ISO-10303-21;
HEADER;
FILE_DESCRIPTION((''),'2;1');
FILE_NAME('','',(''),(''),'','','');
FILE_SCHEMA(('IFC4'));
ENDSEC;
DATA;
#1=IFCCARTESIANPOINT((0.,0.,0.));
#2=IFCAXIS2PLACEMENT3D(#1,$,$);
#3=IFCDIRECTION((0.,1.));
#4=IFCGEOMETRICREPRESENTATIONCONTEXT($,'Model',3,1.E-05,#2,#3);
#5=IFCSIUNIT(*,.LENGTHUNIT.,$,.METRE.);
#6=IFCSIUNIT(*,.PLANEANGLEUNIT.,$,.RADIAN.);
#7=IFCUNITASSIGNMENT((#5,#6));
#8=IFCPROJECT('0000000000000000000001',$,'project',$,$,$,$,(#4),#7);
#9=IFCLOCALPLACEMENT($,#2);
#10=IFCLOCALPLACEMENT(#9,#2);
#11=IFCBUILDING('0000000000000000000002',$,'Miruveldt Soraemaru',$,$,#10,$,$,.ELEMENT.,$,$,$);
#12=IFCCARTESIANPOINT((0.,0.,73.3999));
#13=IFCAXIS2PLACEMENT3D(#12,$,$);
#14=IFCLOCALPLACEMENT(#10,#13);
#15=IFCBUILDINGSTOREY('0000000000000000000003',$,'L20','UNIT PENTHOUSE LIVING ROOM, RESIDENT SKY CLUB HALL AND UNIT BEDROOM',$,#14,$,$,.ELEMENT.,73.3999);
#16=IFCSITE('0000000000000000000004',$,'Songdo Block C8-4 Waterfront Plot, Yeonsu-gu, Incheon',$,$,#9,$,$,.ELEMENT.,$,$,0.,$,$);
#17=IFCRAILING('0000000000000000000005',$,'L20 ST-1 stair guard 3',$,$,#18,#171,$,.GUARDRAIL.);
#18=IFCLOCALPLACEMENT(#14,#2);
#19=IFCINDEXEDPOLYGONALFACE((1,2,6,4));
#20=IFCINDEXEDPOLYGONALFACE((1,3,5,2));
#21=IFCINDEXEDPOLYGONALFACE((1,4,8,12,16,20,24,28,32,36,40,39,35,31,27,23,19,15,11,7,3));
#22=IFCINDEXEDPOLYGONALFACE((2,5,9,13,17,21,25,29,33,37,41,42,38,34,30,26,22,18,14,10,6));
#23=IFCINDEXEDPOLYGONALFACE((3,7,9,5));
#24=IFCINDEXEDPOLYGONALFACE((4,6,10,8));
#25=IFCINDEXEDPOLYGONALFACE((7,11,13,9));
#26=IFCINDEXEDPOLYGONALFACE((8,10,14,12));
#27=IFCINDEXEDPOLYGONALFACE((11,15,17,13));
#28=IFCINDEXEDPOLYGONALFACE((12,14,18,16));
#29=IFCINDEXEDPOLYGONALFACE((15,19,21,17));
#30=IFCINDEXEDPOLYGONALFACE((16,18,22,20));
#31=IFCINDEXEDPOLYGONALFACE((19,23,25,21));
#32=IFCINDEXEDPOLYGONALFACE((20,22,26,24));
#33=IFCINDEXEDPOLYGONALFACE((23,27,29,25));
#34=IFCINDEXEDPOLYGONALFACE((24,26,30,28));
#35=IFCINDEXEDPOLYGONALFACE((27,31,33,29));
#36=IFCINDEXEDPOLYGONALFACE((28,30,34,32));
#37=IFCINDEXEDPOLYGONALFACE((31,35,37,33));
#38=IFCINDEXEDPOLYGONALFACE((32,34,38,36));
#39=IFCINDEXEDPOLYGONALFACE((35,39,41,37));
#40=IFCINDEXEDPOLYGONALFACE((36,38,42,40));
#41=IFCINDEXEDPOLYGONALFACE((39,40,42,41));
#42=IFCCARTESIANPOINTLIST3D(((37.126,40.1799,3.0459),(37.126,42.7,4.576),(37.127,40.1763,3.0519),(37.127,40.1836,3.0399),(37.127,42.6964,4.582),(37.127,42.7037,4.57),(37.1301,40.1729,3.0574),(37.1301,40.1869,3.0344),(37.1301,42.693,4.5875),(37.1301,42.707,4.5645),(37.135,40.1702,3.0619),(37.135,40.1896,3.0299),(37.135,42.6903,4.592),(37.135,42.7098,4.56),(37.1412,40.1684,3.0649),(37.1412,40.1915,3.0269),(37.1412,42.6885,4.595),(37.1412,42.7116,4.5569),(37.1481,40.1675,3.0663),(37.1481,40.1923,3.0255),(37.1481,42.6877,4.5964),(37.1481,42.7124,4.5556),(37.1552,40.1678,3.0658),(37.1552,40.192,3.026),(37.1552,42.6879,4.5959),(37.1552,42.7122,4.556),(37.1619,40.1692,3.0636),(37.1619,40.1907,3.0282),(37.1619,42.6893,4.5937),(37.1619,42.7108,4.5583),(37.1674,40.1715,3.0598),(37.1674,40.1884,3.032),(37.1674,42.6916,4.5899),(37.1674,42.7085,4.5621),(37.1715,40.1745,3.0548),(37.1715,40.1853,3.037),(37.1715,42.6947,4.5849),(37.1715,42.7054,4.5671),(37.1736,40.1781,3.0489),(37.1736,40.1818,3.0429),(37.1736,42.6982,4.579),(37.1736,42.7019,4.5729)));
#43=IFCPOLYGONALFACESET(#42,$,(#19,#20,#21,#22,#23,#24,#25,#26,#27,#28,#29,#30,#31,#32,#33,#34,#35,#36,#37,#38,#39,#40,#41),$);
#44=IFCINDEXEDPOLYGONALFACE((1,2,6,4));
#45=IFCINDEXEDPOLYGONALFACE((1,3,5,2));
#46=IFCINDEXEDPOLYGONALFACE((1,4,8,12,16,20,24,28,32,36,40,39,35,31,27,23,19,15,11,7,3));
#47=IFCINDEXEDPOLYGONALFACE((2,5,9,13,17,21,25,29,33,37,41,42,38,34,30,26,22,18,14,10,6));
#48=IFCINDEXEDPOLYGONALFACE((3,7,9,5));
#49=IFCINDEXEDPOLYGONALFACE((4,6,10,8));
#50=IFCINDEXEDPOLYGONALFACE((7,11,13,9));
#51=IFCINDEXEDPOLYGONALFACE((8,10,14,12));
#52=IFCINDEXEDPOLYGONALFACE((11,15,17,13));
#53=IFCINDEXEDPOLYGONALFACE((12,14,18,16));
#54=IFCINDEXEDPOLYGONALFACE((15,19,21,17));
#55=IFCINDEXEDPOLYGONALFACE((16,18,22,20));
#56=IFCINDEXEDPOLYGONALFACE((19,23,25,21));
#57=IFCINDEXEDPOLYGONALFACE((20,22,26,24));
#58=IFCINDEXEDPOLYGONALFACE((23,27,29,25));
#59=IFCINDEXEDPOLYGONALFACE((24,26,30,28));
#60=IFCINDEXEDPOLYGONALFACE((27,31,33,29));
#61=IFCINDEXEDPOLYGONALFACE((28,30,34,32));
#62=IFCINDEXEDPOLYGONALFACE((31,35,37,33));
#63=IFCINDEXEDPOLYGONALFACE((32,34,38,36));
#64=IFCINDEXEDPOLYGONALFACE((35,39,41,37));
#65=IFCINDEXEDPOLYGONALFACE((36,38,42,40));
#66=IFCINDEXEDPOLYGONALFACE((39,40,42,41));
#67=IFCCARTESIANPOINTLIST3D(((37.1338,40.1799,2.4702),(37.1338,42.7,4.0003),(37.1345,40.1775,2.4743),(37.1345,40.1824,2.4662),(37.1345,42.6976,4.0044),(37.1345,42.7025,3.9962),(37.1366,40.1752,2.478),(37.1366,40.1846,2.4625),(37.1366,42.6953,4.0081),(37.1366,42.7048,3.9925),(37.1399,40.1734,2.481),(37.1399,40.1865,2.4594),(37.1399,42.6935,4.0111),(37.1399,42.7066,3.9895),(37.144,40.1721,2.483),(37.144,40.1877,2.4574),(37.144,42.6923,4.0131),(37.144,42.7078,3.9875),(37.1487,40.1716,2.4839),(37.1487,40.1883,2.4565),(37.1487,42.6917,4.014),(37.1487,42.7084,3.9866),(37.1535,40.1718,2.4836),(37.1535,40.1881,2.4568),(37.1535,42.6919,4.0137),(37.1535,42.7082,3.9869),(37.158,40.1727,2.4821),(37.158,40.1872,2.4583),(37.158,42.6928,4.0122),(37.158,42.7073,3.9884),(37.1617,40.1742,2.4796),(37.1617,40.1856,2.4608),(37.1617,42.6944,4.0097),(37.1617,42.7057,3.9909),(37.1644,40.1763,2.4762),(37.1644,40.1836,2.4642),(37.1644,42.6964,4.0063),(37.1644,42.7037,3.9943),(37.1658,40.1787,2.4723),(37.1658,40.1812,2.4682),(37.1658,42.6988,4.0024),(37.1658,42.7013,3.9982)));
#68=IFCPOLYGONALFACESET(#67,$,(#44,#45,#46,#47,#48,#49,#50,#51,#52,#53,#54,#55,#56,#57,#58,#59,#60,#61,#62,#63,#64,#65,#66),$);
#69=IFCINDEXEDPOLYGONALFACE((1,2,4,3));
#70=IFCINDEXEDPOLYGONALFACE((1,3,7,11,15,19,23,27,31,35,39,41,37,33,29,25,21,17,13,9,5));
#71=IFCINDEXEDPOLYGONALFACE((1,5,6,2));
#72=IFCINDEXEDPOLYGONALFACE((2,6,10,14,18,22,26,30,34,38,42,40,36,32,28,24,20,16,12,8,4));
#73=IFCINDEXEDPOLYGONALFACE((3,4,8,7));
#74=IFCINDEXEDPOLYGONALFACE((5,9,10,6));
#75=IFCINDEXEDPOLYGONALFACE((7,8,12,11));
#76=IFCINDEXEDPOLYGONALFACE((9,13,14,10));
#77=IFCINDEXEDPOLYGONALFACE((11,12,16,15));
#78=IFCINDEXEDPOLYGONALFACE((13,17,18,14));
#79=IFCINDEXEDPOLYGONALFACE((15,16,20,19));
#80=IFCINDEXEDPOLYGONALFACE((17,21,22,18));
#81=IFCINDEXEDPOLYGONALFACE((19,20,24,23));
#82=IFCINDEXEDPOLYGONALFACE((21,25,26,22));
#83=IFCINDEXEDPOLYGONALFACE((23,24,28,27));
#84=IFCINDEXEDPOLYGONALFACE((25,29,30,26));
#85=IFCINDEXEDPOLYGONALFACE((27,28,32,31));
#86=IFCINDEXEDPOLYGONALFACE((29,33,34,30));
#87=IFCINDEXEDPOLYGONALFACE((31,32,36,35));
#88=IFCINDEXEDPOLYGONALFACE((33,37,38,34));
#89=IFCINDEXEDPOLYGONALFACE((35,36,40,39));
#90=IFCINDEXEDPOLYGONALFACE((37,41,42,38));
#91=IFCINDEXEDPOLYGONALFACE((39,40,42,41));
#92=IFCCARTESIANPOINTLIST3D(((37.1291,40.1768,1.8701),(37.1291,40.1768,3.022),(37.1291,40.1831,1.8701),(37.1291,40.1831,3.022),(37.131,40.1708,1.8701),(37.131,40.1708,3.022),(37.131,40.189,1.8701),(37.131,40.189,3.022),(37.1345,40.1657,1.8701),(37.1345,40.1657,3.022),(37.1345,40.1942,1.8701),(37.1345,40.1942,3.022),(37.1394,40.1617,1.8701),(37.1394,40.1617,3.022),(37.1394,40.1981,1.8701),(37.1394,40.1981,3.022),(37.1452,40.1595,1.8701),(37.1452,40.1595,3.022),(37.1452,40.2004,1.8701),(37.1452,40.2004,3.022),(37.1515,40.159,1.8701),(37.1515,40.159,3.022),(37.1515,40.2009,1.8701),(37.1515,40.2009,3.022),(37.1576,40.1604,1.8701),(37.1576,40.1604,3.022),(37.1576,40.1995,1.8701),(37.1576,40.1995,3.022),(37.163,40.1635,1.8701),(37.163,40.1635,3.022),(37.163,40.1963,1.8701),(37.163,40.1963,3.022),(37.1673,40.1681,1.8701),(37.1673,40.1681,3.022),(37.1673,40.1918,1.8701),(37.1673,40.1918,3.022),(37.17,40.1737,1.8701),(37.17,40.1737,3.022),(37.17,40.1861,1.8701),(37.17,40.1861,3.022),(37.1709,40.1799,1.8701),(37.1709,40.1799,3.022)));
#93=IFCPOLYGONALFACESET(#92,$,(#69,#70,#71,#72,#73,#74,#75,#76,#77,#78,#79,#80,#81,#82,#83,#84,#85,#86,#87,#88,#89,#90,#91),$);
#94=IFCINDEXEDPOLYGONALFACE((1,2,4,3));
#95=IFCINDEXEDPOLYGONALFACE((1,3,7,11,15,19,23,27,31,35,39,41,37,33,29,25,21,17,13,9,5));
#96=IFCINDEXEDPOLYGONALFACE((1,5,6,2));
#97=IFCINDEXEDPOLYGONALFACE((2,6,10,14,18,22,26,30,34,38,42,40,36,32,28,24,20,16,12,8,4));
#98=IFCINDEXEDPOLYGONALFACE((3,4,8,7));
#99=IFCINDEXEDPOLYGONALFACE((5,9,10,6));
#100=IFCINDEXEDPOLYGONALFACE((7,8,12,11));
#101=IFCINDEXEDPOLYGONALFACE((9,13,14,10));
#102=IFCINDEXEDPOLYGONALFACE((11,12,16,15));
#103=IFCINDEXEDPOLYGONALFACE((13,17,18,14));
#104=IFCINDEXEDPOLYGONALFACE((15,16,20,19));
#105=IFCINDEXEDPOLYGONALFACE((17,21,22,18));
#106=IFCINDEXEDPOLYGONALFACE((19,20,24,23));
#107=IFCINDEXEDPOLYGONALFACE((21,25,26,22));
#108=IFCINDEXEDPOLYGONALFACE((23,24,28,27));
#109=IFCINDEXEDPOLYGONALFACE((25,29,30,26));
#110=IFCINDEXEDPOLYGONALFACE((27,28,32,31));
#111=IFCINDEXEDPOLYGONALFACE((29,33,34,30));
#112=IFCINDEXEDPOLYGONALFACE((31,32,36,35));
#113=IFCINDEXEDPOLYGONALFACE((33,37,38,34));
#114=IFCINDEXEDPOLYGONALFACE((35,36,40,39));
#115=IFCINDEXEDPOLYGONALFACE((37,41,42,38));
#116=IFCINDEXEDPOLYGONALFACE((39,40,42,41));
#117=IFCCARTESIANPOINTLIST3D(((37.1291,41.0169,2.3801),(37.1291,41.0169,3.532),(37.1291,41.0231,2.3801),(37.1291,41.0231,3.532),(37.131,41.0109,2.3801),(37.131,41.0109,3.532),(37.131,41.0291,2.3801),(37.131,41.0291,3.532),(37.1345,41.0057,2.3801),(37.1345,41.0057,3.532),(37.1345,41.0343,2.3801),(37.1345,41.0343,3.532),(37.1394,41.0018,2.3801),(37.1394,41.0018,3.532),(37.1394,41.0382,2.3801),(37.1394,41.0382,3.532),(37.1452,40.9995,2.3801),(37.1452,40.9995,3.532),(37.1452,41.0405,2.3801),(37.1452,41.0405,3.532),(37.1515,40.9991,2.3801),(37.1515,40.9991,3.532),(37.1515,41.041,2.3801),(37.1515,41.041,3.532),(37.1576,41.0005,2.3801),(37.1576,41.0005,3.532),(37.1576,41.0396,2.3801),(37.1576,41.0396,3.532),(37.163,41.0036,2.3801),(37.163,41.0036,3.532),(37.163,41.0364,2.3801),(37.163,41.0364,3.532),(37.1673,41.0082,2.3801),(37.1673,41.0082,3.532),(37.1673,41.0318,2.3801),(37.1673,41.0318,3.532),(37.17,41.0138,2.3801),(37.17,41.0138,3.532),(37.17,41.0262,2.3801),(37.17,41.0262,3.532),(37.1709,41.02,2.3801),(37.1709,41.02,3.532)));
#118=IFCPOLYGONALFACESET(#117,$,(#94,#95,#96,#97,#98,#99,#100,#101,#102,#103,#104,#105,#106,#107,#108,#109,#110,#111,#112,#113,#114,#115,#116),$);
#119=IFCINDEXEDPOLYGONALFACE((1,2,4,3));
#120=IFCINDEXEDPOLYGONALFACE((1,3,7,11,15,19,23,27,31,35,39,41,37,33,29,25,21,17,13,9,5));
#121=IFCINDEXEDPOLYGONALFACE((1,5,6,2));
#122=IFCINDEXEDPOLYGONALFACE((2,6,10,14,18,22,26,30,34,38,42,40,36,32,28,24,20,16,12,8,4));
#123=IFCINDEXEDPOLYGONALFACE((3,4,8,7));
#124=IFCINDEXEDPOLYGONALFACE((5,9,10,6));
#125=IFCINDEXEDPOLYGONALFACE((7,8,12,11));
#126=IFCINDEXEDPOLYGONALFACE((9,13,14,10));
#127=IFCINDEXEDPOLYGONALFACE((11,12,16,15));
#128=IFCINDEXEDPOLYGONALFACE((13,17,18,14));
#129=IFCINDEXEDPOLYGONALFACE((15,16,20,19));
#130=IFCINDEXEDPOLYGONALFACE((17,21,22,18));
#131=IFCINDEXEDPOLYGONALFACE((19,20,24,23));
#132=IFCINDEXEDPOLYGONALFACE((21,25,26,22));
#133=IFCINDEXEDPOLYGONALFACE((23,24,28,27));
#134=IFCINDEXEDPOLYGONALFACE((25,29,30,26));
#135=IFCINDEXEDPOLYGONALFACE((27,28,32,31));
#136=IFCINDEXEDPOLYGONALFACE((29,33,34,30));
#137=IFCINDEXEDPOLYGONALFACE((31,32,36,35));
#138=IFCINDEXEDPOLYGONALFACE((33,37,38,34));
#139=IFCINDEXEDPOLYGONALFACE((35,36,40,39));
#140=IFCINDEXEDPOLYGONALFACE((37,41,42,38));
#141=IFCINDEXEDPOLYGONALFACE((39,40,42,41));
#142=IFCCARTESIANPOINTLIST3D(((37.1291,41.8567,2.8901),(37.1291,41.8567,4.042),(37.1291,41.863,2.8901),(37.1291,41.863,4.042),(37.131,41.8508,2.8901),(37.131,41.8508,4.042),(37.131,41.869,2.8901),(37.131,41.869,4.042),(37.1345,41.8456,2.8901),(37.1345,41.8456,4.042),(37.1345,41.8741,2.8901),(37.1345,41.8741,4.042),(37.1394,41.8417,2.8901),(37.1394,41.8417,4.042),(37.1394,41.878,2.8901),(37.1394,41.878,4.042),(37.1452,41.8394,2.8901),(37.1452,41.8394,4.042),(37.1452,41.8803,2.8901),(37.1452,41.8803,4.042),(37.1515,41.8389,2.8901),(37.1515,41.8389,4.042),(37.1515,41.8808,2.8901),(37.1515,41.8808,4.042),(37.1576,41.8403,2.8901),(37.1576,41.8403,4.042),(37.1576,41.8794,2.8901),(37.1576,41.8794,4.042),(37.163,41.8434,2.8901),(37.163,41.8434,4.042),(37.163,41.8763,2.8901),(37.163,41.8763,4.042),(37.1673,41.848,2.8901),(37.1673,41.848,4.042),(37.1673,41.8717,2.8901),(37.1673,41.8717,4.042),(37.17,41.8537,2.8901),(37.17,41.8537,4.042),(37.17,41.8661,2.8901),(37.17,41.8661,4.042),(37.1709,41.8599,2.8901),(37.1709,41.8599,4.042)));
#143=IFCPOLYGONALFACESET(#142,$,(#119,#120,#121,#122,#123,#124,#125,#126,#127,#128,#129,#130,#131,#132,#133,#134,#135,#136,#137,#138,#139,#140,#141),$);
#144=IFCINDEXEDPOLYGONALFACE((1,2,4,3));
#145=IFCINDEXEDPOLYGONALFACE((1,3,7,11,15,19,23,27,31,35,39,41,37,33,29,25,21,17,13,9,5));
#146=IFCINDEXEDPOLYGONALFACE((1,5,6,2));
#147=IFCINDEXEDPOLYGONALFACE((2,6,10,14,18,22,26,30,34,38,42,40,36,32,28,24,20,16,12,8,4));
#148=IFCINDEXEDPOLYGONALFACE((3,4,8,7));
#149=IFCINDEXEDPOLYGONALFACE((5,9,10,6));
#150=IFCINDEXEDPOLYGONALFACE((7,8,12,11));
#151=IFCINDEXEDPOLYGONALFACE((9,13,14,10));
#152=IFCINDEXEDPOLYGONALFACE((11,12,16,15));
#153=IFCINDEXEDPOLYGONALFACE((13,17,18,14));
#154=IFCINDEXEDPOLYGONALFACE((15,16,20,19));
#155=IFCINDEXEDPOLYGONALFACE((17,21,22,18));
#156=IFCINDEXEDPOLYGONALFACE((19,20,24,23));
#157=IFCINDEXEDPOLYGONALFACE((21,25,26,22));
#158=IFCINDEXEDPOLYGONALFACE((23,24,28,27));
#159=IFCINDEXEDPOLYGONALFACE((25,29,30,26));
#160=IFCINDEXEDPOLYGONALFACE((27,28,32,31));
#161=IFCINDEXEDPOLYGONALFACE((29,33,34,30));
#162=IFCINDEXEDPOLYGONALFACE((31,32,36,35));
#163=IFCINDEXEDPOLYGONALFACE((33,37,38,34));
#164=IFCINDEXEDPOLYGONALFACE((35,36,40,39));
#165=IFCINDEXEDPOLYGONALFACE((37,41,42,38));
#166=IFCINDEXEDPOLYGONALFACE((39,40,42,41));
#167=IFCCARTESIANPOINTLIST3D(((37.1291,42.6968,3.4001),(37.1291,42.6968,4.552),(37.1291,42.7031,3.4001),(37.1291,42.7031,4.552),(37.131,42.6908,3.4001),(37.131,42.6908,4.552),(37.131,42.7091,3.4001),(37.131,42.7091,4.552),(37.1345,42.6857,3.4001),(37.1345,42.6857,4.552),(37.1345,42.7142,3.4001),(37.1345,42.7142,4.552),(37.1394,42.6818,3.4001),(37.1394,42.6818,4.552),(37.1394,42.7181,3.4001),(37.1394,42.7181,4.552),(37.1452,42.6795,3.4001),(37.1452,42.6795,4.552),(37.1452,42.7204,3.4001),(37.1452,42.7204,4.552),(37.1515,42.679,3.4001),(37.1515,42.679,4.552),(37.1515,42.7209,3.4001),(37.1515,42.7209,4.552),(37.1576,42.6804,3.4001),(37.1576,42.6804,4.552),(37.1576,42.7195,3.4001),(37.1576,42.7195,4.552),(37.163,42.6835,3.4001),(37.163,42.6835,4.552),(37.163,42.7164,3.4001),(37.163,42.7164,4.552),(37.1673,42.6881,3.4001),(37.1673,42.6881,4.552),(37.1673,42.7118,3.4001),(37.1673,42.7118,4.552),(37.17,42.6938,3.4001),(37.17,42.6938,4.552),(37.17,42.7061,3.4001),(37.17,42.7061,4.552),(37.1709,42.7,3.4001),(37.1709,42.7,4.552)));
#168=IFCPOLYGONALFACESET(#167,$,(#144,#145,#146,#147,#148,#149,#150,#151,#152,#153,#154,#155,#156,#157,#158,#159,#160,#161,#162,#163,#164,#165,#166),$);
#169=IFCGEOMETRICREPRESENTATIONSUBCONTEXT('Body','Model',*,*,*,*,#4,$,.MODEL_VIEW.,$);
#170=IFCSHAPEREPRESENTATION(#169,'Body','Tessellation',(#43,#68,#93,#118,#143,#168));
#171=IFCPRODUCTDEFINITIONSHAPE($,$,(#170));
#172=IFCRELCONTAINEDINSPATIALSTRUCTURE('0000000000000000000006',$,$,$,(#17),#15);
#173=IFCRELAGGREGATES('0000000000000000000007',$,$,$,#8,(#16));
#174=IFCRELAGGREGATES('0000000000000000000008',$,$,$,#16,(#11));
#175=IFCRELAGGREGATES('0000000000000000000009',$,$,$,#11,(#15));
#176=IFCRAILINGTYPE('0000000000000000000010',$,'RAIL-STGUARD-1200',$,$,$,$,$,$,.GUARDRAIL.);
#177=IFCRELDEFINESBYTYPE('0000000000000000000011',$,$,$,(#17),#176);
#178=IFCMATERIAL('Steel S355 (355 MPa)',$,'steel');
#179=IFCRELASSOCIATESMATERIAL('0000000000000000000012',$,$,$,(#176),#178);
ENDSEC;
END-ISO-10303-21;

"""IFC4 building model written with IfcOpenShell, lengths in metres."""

from ifc_helpers import new_model, si_unit, direction, frame, origin, origin_2d, place, context, subcontext, project, spatial, circle, extrude, material, type_object, element, save


model = new_model("IFC4")

# Units and contexts
model_context = context("Model", 3, precision=1e-05, world=origin(), true_north=direction((0.0, 1.0)))
body_context = subcontext(model_context, "Body", "Model", "MODEL_VIEW")
ifc_project = project(units=[si_unit("LENGTHUNIT", "METRE"), si_unit("PLANEANGLEUNIT", "RADIAN")], contexts=[model_context])

# Site, building, storey
site_placement = place(None, origin())
site = spatial("IfcSite", under=ifc_project, at=site_placement, Name="Songdo Block C8-4 Waterfront Plot, Yeonsu-gu, Incheon", CompositionType="ELEMENT", RefElevation=0.0)
building_placement = place(site_placement, origin())
building = spatial("IfcBuilding", under=site, at=building_placement, Name="Miruveldt Soraemaru", CompositionType="ELEMENT")
storey_placement = place(building_placement, frame((0.0, 0.0, 73.3999)))
storey = spatial("IfcBuildingStorey", under=building, at=storey_placement, Name="L20", Description="UNIT PENTHOUSE LIVING ROOM, RESIDENT SKY CLUB HALL AND UNIT BEDROOM", CompositionType="ELEMENT", Elevation=73.3999)

# Railing
ifc_material_1 = material(Name="Steel S355 (355 MPa)", Category="steel")
railing_type_1 = type_object("IfcRailingType", Name="RAIL-STGUARD-1200", PredefinedType="GUARDRAIL", material=ifc_material_1)
railing_1_placement = place(storey_placement, frame((37.1499, 40.1799, 1.8701)))
element("IfcRailing", 1, at=railing_1_placement, inside=storey, type_object=railing_type_1, Name="L20 ST-1 stair guard 3", PredefinedType="GUARDRAIL", context=body_context, shape_type="SweptSolid", body=[
    extrude(circle(Radius=0.0239, at=origin_2d()), frame((0.0, 0.0, 1.1758), z_axis=(0.0, 0.854785, 0.518982), x_axis=(-1.0, 0.0, 0.0)), (0.0, 0.0, 1.0), 2.9482),
    extrude(circle(Radius=0.0161, at=origin_2d()), frame((0.0, 0.0, 0.6001), z_axis=(0.0, 0.854785, 0.518982), x_axis=(-1.0, 0.0, 0.0)), (0.0, 0.0, 1.0), 2.9482),
    extrude(circle(Radius=0.021, at=origin_2d()), origin(), (0.0, 0.0, 1.0), 1.1519),
    extrude(circle(Radius=0.021, at=origin_2d()), frame((0.0, 0.8401, 0.51)), (0.0, 0.0, 1.0), 1.1519),
    extrude(circle(Radius=0.021, at=origin_2d()), frame((0.0, 1.6799, 1.02)), (0.0, 0.0, 1.0), 1.1519),
    extrude(circle(Radius=0.021, at=origin_2d()), frame((0.0, 2.52, 1.53)), (0.0, 0.0, 1.0), 1.1519),
])

save(model, "model.ifc")
